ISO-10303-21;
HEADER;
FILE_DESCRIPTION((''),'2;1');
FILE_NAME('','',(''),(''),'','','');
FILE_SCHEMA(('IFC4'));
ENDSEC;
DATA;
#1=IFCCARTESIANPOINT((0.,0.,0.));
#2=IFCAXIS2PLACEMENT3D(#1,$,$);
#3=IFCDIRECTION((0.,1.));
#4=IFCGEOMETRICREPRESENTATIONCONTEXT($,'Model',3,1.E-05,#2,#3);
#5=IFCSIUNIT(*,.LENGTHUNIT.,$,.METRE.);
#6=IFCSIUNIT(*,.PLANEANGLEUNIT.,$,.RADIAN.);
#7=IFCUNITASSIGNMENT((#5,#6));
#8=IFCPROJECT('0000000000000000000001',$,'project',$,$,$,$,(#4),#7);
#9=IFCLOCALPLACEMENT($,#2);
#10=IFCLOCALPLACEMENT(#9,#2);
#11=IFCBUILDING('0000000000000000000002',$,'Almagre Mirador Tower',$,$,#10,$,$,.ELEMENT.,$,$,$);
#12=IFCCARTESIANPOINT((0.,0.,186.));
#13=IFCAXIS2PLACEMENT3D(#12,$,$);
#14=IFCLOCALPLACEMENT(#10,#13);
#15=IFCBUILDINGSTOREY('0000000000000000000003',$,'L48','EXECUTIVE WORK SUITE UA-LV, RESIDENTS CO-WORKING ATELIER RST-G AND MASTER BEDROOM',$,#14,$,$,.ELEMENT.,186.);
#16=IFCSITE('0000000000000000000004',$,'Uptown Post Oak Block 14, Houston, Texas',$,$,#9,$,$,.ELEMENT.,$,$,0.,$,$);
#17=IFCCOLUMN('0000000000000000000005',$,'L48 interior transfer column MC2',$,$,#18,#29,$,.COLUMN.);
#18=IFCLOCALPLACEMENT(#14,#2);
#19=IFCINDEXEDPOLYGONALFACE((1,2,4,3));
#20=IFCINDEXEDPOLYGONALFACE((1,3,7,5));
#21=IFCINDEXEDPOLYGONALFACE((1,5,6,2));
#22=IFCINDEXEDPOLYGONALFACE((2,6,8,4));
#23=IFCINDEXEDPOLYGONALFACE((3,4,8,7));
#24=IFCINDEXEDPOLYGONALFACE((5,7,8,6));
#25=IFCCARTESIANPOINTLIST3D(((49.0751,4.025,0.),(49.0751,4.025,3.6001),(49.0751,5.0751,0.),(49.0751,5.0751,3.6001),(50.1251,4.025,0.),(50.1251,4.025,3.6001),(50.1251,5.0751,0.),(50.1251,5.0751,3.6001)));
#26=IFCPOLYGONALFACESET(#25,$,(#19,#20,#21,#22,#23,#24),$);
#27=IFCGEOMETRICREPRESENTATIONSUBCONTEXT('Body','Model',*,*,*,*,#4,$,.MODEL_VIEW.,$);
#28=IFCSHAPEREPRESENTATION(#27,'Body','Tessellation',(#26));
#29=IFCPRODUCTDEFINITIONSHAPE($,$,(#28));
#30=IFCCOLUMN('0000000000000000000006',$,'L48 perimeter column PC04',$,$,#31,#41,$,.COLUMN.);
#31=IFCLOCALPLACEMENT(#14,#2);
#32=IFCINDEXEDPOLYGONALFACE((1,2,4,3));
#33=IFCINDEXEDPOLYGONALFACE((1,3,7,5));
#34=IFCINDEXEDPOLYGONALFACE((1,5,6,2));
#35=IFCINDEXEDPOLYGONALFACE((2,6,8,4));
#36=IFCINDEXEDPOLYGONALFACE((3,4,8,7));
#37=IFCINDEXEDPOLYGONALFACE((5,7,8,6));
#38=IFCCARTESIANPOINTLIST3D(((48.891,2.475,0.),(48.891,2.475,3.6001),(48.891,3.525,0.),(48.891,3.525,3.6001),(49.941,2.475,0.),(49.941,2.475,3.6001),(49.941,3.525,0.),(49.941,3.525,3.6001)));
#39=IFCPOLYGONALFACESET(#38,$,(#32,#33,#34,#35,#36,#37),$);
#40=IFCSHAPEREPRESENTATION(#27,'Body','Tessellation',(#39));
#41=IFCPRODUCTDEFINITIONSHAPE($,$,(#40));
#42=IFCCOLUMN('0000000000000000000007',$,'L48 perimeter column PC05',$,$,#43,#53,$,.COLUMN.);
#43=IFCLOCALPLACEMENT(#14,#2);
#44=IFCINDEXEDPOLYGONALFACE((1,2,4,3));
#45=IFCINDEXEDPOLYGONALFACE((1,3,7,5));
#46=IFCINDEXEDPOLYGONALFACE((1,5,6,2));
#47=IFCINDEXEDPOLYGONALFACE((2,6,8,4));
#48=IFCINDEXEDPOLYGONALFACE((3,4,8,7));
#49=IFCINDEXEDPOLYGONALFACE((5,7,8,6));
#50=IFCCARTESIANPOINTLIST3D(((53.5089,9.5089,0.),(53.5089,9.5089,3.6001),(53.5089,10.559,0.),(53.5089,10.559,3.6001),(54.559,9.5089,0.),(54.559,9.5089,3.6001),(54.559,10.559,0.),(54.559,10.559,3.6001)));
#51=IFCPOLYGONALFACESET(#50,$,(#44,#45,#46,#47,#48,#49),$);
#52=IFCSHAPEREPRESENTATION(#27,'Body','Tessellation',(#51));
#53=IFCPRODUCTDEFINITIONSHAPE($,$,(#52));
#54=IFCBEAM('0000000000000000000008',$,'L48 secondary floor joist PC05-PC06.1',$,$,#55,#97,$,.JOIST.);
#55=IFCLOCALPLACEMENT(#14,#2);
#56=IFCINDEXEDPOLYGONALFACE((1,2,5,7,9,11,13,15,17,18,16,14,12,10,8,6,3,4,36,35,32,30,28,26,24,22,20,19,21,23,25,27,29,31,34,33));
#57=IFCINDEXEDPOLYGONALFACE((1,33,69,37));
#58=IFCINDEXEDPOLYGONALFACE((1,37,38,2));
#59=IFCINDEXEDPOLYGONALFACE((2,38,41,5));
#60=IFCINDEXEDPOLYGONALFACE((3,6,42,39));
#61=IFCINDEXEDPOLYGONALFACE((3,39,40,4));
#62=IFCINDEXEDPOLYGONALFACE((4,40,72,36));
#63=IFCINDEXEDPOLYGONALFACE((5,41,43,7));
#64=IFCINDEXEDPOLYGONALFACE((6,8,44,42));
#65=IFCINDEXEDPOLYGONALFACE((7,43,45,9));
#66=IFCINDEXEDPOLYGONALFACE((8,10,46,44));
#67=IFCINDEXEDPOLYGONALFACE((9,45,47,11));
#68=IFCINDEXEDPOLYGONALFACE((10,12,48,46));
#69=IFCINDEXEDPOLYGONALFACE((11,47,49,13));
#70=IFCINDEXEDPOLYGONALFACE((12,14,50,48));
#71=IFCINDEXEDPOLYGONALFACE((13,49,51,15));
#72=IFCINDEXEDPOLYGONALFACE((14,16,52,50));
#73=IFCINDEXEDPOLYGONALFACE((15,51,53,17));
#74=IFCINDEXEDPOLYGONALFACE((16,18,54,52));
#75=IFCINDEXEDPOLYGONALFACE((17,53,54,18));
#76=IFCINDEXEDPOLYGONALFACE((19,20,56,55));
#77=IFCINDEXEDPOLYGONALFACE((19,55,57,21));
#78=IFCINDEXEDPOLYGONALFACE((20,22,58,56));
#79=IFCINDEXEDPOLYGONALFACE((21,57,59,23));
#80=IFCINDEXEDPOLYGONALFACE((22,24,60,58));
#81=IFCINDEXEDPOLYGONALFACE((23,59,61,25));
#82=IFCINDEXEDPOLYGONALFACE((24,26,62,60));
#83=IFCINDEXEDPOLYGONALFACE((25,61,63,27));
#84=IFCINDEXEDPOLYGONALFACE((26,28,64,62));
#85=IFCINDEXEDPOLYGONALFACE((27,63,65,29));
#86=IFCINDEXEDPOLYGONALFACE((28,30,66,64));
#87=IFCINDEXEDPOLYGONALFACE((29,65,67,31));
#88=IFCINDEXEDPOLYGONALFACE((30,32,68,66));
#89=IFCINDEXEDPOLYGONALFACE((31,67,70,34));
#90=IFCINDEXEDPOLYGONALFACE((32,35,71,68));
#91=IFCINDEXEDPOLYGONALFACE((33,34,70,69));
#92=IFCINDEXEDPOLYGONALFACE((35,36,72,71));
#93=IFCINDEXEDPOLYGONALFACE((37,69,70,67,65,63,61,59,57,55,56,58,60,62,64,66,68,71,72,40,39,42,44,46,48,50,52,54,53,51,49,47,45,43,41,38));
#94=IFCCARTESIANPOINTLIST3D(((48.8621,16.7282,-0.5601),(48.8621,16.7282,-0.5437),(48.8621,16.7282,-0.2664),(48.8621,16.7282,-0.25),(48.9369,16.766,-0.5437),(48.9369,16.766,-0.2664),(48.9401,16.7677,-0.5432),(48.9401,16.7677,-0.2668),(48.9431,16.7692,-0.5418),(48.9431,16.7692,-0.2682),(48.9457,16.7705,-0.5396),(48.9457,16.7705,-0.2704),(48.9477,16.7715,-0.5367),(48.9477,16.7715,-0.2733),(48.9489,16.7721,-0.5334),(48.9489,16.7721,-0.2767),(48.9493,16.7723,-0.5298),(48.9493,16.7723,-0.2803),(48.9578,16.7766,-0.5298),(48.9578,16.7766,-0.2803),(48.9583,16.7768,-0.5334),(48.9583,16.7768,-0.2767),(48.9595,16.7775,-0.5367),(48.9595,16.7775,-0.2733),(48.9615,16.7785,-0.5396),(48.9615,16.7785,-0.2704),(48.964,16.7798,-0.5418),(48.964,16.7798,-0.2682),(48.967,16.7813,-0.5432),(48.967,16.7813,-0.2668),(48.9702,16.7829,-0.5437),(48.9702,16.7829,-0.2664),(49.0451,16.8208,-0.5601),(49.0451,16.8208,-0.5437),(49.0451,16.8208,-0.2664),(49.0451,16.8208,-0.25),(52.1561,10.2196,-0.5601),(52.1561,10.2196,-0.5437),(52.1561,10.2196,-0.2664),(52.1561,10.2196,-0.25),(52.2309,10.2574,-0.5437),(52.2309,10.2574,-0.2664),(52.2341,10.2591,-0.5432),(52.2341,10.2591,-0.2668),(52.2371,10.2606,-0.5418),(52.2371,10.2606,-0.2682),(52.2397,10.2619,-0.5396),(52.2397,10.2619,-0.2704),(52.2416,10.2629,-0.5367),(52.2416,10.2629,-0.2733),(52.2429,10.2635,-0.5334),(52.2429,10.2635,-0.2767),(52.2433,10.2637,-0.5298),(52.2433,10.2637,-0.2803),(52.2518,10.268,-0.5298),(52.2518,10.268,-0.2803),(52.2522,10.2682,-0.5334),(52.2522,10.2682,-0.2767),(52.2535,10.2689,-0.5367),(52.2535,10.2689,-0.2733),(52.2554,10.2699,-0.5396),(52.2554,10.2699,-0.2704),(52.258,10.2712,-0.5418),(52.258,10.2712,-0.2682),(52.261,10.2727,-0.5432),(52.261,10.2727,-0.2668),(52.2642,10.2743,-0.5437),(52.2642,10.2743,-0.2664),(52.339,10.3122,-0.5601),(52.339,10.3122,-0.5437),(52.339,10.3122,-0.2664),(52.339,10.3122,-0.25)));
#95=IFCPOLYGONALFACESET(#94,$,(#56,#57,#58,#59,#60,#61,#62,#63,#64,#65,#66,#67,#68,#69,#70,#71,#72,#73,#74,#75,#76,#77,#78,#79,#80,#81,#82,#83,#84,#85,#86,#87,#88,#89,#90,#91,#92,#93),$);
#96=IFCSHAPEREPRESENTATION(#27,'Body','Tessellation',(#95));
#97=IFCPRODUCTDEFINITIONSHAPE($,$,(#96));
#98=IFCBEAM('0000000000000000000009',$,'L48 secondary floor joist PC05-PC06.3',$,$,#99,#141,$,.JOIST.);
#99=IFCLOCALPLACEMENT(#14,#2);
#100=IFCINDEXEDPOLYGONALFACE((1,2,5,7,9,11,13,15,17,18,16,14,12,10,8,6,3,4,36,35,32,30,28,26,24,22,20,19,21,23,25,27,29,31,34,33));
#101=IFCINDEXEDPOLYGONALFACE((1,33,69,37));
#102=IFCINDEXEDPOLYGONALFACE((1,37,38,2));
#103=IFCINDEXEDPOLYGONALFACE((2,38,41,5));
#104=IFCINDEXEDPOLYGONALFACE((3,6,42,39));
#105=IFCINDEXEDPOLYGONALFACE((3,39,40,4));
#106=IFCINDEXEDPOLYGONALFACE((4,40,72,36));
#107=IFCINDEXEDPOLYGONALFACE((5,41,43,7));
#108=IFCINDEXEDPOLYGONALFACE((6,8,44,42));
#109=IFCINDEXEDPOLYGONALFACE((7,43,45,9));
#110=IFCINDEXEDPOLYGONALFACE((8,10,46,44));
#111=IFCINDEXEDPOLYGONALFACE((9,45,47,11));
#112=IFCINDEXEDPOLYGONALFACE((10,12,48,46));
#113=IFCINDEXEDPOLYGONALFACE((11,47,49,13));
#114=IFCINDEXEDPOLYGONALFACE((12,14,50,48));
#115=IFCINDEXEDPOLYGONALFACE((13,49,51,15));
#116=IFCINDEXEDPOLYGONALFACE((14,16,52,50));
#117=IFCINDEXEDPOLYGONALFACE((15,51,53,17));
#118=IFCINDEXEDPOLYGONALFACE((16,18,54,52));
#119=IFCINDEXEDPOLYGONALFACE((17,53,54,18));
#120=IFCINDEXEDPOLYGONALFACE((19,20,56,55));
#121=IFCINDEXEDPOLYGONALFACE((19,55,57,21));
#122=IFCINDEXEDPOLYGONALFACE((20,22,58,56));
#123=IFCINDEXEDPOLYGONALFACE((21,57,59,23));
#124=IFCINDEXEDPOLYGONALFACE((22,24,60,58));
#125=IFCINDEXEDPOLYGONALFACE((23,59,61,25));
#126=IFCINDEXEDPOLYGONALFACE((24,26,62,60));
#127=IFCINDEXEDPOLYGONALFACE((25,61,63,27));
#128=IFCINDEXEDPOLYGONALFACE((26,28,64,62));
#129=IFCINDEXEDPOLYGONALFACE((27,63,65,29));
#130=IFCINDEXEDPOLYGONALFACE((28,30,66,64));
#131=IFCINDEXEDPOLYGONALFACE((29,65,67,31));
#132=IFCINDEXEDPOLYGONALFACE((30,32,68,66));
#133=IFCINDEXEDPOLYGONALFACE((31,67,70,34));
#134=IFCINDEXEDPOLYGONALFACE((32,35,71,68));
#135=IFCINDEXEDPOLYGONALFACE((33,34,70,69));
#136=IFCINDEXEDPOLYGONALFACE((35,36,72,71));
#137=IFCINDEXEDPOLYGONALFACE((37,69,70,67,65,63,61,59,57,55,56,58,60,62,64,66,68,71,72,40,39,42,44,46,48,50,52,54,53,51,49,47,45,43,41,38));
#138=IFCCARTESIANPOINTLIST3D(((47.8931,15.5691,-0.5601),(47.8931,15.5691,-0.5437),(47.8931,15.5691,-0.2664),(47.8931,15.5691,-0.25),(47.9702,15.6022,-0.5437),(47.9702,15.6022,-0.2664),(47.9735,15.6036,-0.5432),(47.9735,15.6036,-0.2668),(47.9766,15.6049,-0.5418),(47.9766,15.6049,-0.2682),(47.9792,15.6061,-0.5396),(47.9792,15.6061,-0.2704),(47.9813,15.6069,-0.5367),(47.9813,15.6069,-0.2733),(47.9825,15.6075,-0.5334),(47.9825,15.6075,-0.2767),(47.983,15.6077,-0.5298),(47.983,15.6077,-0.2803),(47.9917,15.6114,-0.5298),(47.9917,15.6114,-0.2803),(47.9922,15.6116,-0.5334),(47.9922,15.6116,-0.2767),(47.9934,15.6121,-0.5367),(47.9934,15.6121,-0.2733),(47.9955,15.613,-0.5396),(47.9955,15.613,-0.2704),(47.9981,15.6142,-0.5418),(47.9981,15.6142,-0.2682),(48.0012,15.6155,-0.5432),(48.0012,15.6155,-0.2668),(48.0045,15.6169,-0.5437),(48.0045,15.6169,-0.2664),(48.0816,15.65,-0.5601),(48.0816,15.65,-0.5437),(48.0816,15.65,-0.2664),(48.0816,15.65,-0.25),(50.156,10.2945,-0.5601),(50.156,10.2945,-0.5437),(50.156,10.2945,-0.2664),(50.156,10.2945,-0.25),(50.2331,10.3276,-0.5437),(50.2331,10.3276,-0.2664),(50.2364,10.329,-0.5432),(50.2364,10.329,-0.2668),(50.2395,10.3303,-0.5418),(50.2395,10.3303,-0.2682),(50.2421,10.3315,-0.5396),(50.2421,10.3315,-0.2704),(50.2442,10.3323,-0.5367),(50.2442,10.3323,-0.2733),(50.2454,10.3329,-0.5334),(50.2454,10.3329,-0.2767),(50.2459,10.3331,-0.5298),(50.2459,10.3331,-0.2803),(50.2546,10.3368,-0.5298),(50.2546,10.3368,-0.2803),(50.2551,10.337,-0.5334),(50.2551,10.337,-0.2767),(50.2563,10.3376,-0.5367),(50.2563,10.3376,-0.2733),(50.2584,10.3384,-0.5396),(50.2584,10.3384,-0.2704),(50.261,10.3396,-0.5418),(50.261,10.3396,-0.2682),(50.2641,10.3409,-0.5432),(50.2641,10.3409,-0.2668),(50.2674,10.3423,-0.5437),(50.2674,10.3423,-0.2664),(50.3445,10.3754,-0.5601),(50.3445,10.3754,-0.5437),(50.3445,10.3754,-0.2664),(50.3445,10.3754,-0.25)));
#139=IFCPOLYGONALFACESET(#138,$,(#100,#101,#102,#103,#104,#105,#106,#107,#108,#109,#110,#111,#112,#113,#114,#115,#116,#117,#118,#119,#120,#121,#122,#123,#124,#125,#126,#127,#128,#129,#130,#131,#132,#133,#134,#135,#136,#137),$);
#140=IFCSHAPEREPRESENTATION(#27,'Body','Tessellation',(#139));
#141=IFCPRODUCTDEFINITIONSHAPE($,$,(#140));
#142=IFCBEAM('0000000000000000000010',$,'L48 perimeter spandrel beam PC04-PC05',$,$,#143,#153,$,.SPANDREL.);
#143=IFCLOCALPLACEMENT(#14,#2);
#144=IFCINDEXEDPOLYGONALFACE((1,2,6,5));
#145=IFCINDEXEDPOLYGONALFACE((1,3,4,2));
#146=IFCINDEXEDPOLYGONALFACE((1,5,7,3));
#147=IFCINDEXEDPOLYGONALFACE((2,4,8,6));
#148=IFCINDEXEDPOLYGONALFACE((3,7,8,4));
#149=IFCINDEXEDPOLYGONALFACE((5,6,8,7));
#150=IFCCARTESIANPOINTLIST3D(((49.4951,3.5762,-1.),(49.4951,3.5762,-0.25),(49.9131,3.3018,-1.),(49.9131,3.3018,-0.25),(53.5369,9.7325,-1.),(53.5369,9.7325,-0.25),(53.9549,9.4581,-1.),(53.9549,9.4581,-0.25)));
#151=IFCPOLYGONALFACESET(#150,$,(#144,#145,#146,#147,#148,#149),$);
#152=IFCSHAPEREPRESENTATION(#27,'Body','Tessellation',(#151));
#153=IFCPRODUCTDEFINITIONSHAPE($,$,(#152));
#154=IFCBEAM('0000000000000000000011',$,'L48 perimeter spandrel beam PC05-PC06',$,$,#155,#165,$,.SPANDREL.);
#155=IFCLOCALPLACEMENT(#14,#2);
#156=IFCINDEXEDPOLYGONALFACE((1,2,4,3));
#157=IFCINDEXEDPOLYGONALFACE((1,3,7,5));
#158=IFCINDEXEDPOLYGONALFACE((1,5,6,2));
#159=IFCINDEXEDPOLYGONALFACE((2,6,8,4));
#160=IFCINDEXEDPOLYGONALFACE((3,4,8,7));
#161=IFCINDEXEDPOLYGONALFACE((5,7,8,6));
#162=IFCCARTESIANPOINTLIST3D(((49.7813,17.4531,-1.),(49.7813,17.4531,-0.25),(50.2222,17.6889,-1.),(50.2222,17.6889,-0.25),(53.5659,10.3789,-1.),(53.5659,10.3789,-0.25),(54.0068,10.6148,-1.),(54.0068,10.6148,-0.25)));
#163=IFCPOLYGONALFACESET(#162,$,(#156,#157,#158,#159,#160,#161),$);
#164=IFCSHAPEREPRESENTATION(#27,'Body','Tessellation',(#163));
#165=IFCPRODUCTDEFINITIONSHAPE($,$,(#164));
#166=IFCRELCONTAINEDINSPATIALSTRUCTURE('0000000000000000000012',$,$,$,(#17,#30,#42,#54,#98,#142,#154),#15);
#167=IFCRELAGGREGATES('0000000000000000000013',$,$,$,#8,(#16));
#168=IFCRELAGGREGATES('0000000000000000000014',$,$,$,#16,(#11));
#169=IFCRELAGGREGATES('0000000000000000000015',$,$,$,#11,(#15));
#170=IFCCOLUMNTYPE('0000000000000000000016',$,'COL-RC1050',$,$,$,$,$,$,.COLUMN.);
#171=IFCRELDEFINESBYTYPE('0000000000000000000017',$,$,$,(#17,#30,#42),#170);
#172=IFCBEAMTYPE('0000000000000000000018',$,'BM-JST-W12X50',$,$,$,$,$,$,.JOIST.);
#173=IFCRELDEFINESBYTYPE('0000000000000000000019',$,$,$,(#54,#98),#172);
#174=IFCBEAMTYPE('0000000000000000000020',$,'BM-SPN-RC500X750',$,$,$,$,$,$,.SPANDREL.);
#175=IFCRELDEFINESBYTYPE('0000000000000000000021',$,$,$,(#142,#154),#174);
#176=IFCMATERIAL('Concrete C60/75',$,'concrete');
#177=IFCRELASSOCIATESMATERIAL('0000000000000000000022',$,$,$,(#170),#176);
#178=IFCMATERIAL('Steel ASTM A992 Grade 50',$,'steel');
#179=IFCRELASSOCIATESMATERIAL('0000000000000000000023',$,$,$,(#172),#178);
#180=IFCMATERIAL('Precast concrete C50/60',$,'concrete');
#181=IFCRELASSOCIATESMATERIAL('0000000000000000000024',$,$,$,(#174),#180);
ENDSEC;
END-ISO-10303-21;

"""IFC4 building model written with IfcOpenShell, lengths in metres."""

from ifc_helpers import new_model, si_unit, direction, frame, origin, origin_2d, place, context, subcontext, project, spatial, rectangle, i_section, extrude, material, material_profile, profile_set, type_object, element, save


model = new_model("IFC4")

# Units and contexts
model_context = context("Model", 3, precision=1e-05, world=origin(), true_north=direction((0.0, 1.0)))
body_context = subcontext(model_context, "Body", "Model", "MODEL_VIEW")
ifc_project = project(units=[si_unit("LENGTHUNIT", "METRE"), si_unit("PLANEANGLEUNIT", "RADIAN")], contexts=[model_context])

# Site, building, storey
site_placement = place(None, origin())
site = spatial("IfcSite", under=ifc_project, at=site_placement, Name="Uptown Post Oak Block 14, Houston, Texas", CompositionType="ELEMENT", RefElevation=0.0)
building_placement = place(site_placement, origin())
building = spatial("IfcBuilding", under=site, at=building_placement, Name="Almagre Mirador Tower", CompositionType="ELEMENT")
storey_placement = place(building_placement, frame((0.0, 0.0, 186.0)))
storey = spatial("IfcBuildingStorey", under=building, at=storey_placement, Name="L48", Description="EXECUTIVE WORK SUITE UA-LV, RESIDENTS CO-WORKING ATELIER RST-G AND MASTER BEDROOM", CompositionType="ELEMENT", Elevation=186.0)

# Columns
ifc_material_1 = material(Name="Concrete C60/75", Category="concrete")
ifc_material_profile_1 = material_profile(ifc_material_1, rectangle(XDim=1.05, YDim=1.05, at=origin_2d()), Name="RC1050X1050")
ifc_profile_set_1 = profile_set([ifc_material_profile_1], Name="Concrete C60/75")
column_type = type_object("IfcColumnType", Name="COL-RC1050", PredefinedType="COLUMN", material=ifc_profile_set_1)
for number, where, z_axis, x_axis, name in (
    (1, (49.6001, 4.55, 0.0), (0.0, 0.0, 1.0), (1.0, 0.0, 0.0), "L48 interior transfer column MC2"),
    (2, (49.416, 3.0, 0.0), (0.0, 0.0, 1.0), (1.0, 0.0, 0.0), "L48 perimeter column PC04"),
    (3, (54.0339, 10.0339, 0.0), (0.0, 0.0, 1.0), (1.0, 0.0, 0.0), "L48 perimeter column PC05"),
):
    element("IfcColumn", number, at=place(storey_placement, frame(where, z_axis=z_axis, x_axis=x_axis)), inside=storey, type_object=column_type, Name=name, PredefinedType="COLUMN", context=body_context, shape_type="SweptSolid", body=[
        extrude(rectangle(XDim=1.05, YDim=1.05, at=origin_2d()), origin(), (0.0, 0.0, 1.0), 3.6001),
    ])

# Beams
ifc_material_2 = material(Name="Steel ASTM A992 Grade 50", Category="steel")
ifc_material_profile_2 = material_profile(ifc_material_2, i_section(OverallWidth=0.2051, OverallDepth=0.3101, WebThickness=0.0095, FlangeThickness=0.0164, FilletRadius=0.0139, at=origin_2d()), Name="W12X50")
ifc_profile_set_2 = profile_set([ifc_material_profile_2], Name="Steel ASTM A992 Grade 50")
beam_type_1 = type_object("IfcBeamType", Name="BM-JST-W12X50", PredefinedType="JOIST", material=ifc_profile_set_2)
beam_1_placement = place(storey_placement, frame((52.2476, 10.2659, -0.405), z_axis=(-0.451559, 0.892241, 0.0), x_axis=(-0.892241, -0.451559, 0.0)))
element("IfcBeam", 4, at=beam_1_placement, inside=storey, type_object=beam_type_1, Name="L48 secondary floor joist PC05-PC06.1", PredefinedType="JOIST", context=body_context, shape_type="SweptSolid", body=[
    extrude(i_section(OverallWidth=0.2051, OverallDepth=0.3101, WebThickness=0.0095, FlangeThickness=0.0164, FilletRadius=0.0139, at=origin_2d()), origin(), (0.0, 0.0, 1.0), 7.2947),
])
beam_2_placement = place(storey_placement, frame((50.2502, 10.335, -0.405), z_axis=(-0.394268, 0.918995, 0.0), x_axis=(-0.918995, -0.394268, 0.0)))
element("IfcBeam", 5, at=beam_2_placement, inside=storey, type_object=beam_type_1, Name="L48 secondary floor joist PC05-PC06.3", PredefinedType="JOIST", context=body_context, shape_type="SweptSolid", body=[
    extrude(i_section(OverallWidth=0.2051, OverallDepth=0.3101, WebThickness=0.0095, FlangeThickness=0.0164, FilletRadius=0.0139, at=origin_2d()), origin(), (0.0, 0.0, 1.0), 5.7395),
])
ifc_material_3 = material(Name="Precast concrete C50/60", Category="concrete")
ifc_material_profile_3 = material_profile(ifc_material_3, rectangle(XDim=0.5, YDim=0.75, at=origin_2d()), Name="RC500X750")
ifc_profile_set_3 = profile_set([ifc_material_profile_3], Name="Precast concrete C50/60")
beam_type_2 = type_object("IfcBeamType", Name="BM-SPN-RC500X750", PredefinedType="SPANDREL", material=ifc_profile_set_3)
beam_3_placement = place(storey_placement, frame((49.7041, 3.439, -0.625), z_axis=(0.548819, 0.835941, 0.0), x_axis=(-0.835941, 0.548819, 0.0)))
element("IfcBeam", 6, at=beam_3_placement, inside=storey, type_object=beam_type_2, Name="L48 perimeter spandrel beam PC04-PC05", PredefinedType="SPANDREL", context=body_context, shape_type="SweptSolid", body=[
    extrude(rectangle(XDim=0.5, YDim=0.75, at=origin_2d()), origin(), (0.0, 0.0, 1.0), 7.3645),
])
beam_4_placement = place(storey_placement, frame((53.7864, 10.4968, -0.625), z_axis=(-0.471728, 0.881744, 0.0), x_axis=(-0.881744, -0.471728, 0.0)))
element("IfcBeam", 7, at=beam_4_placement, inside=storey, type_object=beam_type_2, Name="L48 perimeter spandrel beam PC05-PC06", PredefinedType="SPANDREL", context=body_context, shape_type="SweptSolid", body=[
    extrude(rectangle(XDim=0.5, YDim=0.75, at=origin_2d()), origin(), (0.0, 0.0, 1.0), 8.0229),
])

save(model, "model.ifc")
